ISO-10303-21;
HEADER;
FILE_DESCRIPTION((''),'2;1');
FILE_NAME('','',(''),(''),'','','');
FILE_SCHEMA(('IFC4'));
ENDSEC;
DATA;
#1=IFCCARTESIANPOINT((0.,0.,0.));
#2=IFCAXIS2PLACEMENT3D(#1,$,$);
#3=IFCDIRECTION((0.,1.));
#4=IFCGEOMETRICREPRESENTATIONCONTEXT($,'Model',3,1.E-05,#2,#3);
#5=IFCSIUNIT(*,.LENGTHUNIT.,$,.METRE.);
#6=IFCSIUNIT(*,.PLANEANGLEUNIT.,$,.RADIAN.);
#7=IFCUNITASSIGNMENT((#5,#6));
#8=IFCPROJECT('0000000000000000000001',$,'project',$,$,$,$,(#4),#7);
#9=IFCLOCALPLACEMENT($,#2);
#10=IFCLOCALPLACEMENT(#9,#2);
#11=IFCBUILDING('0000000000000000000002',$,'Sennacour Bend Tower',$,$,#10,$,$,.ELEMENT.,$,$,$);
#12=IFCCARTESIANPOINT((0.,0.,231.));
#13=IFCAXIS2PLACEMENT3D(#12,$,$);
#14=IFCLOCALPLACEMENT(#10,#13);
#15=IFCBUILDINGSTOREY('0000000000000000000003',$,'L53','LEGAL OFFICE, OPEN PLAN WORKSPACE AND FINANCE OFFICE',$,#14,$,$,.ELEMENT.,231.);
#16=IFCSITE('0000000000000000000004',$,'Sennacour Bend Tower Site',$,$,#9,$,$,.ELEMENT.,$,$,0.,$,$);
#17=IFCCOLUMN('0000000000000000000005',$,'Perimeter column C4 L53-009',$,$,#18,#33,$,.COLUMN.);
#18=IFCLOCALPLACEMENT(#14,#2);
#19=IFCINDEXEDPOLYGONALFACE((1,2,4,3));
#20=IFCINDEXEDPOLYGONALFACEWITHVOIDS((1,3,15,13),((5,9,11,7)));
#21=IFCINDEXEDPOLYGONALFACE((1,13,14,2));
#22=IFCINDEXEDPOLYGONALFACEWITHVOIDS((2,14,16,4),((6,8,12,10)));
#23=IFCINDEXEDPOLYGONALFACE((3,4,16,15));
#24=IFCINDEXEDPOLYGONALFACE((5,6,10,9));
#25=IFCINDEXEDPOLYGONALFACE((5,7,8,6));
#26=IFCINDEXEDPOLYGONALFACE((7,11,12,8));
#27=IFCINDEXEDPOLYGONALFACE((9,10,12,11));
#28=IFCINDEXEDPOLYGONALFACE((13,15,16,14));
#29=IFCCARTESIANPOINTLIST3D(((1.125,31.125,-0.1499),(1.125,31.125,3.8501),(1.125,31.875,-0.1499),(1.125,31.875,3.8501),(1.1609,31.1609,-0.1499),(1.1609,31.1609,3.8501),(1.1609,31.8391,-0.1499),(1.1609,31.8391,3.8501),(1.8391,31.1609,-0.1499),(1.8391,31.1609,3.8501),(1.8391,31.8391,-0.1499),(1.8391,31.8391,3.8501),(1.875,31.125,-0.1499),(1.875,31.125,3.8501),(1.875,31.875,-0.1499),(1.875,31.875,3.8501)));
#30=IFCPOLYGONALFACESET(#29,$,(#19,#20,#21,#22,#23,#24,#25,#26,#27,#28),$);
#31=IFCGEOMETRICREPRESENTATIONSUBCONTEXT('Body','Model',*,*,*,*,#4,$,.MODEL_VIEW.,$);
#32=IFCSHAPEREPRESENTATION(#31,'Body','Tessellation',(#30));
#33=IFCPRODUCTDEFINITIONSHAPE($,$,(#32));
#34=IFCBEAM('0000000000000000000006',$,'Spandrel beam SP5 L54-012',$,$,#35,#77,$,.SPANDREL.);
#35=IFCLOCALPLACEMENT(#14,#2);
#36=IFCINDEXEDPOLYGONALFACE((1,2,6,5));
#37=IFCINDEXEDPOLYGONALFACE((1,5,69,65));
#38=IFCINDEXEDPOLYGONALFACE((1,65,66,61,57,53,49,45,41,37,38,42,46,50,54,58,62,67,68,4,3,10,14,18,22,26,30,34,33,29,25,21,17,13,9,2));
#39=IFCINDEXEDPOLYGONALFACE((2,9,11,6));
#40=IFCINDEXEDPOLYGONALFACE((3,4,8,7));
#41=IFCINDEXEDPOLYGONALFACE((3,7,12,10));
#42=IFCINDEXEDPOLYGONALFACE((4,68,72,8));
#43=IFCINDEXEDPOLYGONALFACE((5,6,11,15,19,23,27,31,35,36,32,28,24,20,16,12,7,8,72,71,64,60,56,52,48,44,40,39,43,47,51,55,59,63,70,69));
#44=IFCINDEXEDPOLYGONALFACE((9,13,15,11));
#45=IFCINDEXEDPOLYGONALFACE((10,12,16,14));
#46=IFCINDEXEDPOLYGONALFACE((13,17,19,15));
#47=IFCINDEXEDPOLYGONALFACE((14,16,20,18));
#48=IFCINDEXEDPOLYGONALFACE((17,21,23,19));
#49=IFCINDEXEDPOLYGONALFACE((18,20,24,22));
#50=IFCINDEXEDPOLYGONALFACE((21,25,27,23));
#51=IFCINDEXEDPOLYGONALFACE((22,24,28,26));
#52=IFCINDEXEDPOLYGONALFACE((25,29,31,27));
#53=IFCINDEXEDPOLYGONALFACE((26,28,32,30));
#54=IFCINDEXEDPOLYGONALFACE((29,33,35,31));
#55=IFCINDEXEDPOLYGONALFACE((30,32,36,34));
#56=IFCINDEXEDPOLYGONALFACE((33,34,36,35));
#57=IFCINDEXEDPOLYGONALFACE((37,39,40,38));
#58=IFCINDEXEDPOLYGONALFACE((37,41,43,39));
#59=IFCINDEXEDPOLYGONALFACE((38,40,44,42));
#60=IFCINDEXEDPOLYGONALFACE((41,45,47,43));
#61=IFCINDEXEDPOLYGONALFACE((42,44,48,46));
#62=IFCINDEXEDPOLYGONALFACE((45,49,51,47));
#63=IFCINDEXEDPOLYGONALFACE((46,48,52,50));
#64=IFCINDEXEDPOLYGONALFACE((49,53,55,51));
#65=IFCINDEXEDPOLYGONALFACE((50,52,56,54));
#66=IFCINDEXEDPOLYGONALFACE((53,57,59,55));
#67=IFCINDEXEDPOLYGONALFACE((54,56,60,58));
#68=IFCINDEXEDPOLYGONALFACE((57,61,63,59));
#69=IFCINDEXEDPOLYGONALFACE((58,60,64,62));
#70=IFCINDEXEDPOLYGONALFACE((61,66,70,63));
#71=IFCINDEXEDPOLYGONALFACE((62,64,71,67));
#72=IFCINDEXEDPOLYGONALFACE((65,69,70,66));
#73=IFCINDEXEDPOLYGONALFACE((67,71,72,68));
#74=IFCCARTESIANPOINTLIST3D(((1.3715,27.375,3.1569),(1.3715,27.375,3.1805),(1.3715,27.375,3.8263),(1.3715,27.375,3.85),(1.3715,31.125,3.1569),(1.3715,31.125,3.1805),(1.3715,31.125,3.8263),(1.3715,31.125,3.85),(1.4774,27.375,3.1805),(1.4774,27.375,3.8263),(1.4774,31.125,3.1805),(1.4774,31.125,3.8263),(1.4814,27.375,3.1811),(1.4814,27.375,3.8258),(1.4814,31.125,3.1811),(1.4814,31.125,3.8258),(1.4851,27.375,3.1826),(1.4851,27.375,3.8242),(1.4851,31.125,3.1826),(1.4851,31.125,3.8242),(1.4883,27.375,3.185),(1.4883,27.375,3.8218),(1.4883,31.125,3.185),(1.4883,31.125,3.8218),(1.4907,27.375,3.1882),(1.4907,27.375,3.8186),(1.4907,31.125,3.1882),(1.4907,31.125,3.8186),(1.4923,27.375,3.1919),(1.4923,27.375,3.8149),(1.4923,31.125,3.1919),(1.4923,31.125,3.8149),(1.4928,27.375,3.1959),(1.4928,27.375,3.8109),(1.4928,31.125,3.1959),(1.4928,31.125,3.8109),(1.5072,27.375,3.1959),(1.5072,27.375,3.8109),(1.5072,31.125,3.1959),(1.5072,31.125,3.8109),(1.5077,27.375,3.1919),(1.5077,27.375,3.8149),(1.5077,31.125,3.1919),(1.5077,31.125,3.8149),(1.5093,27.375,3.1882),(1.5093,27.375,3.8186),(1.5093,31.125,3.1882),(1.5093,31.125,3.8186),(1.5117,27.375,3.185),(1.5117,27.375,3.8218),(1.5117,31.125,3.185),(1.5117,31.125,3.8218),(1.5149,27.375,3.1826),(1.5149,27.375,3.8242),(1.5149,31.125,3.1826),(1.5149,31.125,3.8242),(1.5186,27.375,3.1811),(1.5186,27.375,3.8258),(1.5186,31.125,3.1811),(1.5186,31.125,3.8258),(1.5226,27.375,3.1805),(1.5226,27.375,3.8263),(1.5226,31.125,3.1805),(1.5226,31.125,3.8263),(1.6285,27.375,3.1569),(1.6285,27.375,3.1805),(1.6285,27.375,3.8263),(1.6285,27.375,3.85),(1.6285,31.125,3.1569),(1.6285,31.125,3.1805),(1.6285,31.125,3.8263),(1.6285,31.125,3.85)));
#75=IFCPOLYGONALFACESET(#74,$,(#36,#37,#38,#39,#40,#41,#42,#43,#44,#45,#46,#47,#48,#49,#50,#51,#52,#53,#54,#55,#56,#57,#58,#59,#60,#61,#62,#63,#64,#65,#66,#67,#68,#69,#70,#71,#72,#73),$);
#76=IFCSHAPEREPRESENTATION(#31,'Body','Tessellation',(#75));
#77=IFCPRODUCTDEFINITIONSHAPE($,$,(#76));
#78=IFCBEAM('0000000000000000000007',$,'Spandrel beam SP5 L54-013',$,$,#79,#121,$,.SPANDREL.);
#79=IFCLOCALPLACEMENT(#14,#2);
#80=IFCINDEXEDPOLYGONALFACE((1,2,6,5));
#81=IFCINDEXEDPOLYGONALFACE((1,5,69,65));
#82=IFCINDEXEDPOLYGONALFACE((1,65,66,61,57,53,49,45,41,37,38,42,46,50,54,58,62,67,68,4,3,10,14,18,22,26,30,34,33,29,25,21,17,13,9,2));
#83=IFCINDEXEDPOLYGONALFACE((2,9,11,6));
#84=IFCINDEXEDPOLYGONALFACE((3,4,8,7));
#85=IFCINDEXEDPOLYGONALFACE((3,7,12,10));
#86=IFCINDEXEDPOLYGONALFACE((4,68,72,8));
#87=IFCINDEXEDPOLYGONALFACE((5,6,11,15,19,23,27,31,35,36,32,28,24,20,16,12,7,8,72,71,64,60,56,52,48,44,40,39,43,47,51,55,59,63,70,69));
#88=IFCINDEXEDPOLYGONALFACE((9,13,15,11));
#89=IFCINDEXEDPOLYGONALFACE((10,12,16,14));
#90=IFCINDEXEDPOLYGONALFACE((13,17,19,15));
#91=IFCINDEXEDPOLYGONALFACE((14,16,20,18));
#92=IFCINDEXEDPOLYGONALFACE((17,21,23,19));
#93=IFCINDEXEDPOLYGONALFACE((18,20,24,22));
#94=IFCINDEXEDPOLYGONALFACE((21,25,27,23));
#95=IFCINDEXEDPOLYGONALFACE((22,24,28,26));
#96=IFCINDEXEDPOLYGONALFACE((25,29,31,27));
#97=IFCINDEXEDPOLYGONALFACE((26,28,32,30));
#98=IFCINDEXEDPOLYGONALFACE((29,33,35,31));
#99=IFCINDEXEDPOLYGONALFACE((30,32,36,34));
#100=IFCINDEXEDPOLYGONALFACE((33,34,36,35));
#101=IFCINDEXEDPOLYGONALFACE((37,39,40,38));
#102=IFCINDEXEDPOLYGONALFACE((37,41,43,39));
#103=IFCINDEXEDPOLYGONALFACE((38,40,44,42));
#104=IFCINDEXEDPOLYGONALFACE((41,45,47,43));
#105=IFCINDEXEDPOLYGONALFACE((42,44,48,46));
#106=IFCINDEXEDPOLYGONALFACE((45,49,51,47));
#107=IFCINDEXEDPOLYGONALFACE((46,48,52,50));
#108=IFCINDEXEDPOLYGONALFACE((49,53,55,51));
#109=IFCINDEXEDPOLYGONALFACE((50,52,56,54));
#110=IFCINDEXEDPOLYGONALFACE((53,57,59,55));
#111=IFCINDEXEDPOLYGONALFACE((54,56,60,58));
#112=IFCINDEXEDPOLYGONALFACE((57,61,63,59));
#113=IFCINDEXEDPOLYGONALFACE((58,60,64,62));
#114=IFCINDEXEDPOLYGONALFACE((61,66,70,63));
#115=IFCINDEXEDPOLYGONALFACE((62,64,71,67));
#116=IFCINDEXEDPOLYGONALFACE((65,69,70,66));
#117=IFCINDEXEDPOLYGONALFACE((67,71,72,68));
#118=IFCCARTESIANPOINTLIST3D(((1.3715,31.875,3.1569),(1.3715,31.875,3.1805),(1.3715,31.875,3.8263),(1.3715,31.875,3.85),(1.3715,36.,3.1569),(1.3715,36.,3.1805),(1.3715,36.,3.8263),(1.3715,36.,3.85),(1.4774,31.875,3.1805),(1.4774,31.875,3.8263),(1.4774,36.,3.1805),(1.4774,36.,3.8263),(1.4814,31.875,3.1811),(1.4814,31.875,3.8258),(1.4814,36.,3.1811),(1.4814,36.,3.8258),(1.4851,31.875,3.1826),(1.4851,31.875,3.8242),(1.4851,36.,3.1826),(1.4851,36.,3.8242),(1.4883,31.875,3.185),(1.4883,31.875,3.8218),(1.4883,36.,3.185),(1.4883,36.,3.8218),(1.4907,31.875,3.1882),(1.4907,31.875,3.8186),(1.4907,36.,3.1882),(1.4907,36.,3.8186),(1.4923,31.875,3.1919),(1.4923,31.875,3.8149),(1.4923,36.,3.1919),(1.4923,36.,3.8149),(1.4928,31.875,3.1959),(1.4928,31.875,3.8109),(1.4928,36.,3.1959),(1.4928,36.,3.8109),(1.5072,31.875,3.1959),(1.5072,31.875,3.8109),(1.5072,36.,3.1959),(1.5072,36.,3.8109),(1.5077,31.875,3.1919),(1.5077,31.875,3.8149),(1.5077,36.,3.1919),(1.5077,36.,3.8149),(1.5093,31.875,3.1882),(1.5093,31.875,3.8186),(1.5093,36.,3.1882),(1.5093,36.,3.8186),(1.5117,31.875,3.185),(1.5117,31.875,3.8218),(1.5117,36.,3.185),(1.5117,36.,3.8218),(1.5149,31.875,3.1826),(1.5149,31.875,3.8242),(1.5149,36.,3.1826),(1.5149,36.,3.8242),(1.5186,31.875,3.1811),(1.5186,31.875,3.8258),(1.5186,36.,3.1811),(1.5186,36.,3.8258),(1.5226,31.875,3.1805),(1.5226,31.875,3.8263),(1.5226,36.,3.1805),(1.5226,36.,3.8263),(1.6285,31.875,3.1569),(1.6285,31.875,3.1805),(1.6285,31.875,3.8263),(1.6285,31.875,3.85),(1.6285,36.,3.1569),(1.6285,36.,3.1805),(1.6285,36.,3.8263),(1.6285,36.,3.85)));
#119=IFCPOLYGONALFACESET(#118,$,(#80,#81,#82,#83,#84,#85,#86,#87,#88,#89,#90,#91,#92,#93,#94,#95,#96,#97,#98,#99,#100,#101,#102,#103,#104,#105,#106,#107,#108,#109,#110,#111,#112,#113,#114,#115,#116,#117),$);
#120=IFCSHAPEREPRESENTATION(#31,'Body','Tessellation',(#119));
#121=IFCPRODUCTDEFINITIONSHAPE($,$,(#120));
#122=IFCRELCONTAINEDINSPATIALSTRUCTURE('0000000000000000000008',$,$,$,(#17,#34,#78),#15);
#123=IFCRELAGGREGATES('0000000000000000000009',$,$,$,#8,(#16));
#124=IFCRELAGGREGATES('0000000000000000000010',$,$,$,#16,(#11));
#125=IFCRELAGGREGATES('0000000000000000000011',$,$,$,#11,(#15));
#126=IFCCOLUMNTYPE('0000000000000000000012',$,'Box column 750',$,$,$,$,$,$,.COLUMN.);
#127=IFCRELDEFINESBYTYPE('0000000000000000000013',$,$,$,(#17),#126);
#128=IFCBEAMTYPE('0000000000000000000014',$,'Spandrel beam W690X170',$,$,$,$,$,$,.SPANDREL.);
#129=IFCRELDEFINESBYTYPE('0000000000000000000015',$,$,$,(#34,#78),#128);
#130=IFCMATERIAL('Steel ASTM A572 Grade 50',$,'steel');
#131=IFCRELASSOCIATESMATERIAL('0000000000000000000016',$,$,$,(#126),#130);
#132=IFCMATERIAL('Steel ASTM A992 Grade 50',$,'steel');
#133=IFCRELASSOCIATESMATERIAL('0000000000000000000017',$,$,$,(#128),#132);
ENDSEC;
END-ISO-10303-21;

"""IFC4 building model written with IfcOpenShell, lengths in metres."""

from ifc_helpers import new_model, si_unit, direction, frame, origin, origin_2d, place, context, subcontext, project, spatial, hollow_rectangle, i_section, extrude, material, material_profile, profile_set, type_object, element, save


model = new_model("IFC4")

# Units and contexts
model_context = context("Model", 3, precision=1e-05, world=origin(), true_north=direction((0.0, 1.0)))
body_context = subcontext(model_context, "Body", "Model", "MODEL_VIEW")
ifc_project = project(units=[si_unit("LENGTHUNIT", "METRE"), si_unit("PLANEANGLEUNIT", "RADIAN")], contexts=[model_context])

# Site, building, storey
site_placement = place(None, origin())
site = spatial("IfcSite", under=ifc_project, at=site_placement, Name="Sennacour Bend Tower Site", CompositionType="ELEMENT", RefElevation=0.0)
building_placement = place(site_placement, origin())
building = spatial("IfcBuilding", under=site, at=building_placement, Name="Sennacour Bend Tower", CompositionType="ELEMENT")
storey_placement = place(building_placement, frame((0.0, 0.0, 231.0)))
storey = spatial("IfcBuildingStorey", under=building, at=storey_placement, Name="L53", Description="LEGAL OFFICE, OPEN PLAN WORKSPACE AND FINANCE OFFICE", CompositionType="ELEMENT", Elevation=231.0)

# Column
ifc_material_1 = material(Name="Steel ASTM A572 Grade 50", Category="steel")
ifc_material_profile_1 = material_profile(ifc_material_1, hollow_rectangle(XDim=0.75, YDim=0.75, WallThickness=0.0359, at=origin_2d()), Name="Steel ASTM A572 Grade 50", Category="steel")
ifc_profile_set_1 = profile_set([ifc_material_profile_1], Name="Steel ASTM A572 Grade 50")
column_type = type_object("IfcColumnType", Name="Box column 750", PredefinedType="COLUMN", material=ifc_profile_set_1)
column_placement = place(storey_placement, frame((1.5, 31.5, -0.1499), z_axis=(0.0, 0.0, 1.0), x_axis=(1.0, 0.0, 0.0)))
element("IfcColumn", 1, at=column_placement, inside=storey, type_object=column_type, Name="Perimeter column C4 L53-009", PredefinedType="COLUMN", context=body_context, shape_type="SweptSolid", body=[
    extrude(hollow_rectangle(XDim=0.75, YDim=0.75, WallThickness=0.0359, at=origin_2d()), origin(), (0.0, 0.0, 1.0), 4.0),
])

# Beams
ifc_material_2 = material(Name="Steel ASTM A992 Grade 50", Category="steel")
ifc_material_profile_2 = material_profile(ifc_material_2, i_section(OverallWidth=0.2571, OverallDepth=0.6931, WebThickness=0.0144, FlangeThickness=0.0237, FilletRadius=0.0154, at=origin_2d()), Name="Steel ASTM A992 Grade 50", Category="steel")
ifc_profile_set_2 = profile_set([ifc_material_profile_2], Name="Steel ASTM A992 Grade 50")
beam_type = type_object("IfcBeamType", Name="Spandrel beam W690X170", PredefinedType="SPANDREL", material=ifc_profile_set_2)
beam_1_placement = place(storey_placement, frame((1.5, 27.375, 3.5034), z_axis=(0.0, 1.0, 0.0), x_axis=(-1.0, 0.0, 0.0)))
element("IfcBeam", 2, at=beam_1_placement, inside=storey, type_object=beam_type, Name="Spandrel beam SP5 L54-012", PredefinedType="SPANDREL", context=body_context, shape_type="SweptSolid", body=[
    extrude(i_section(OverallWidth=0.2571, OverallDepth=0.6931, WebThickness=0.0144, FlangeThickness=0.0237, FilletRadius=0.0154, at=origin_2d()), origin(), (0.0, 0.0, 1.0), 3.75),
])
beam_2_placement = place(storey_placement, frame((1.5, 31.875, 3.5034), z_axis=(0.0, 1.0, 0.0), x_axis=(-1.0, 0.0, 0.0)))
element("IfcBeam", 3, at=beam_2_placement, inside=storey, type_object=beam_type, Name="Spandrel beam SP5 L54-013", PredefinedType="SPANDREL", context=body_context, shape_type="SweptSolid", body=[
    extrude(i_section(OverallWidth=0.2571, OverallDepth=0.6931, WebThickness=0.0144, FlangeThickness=0.0237, FilletRadius=0.0154, at=origin_2d()), origin(), (0.0, 0.0, 1.0), 4.125),
])

save(model, "model.ifc")
